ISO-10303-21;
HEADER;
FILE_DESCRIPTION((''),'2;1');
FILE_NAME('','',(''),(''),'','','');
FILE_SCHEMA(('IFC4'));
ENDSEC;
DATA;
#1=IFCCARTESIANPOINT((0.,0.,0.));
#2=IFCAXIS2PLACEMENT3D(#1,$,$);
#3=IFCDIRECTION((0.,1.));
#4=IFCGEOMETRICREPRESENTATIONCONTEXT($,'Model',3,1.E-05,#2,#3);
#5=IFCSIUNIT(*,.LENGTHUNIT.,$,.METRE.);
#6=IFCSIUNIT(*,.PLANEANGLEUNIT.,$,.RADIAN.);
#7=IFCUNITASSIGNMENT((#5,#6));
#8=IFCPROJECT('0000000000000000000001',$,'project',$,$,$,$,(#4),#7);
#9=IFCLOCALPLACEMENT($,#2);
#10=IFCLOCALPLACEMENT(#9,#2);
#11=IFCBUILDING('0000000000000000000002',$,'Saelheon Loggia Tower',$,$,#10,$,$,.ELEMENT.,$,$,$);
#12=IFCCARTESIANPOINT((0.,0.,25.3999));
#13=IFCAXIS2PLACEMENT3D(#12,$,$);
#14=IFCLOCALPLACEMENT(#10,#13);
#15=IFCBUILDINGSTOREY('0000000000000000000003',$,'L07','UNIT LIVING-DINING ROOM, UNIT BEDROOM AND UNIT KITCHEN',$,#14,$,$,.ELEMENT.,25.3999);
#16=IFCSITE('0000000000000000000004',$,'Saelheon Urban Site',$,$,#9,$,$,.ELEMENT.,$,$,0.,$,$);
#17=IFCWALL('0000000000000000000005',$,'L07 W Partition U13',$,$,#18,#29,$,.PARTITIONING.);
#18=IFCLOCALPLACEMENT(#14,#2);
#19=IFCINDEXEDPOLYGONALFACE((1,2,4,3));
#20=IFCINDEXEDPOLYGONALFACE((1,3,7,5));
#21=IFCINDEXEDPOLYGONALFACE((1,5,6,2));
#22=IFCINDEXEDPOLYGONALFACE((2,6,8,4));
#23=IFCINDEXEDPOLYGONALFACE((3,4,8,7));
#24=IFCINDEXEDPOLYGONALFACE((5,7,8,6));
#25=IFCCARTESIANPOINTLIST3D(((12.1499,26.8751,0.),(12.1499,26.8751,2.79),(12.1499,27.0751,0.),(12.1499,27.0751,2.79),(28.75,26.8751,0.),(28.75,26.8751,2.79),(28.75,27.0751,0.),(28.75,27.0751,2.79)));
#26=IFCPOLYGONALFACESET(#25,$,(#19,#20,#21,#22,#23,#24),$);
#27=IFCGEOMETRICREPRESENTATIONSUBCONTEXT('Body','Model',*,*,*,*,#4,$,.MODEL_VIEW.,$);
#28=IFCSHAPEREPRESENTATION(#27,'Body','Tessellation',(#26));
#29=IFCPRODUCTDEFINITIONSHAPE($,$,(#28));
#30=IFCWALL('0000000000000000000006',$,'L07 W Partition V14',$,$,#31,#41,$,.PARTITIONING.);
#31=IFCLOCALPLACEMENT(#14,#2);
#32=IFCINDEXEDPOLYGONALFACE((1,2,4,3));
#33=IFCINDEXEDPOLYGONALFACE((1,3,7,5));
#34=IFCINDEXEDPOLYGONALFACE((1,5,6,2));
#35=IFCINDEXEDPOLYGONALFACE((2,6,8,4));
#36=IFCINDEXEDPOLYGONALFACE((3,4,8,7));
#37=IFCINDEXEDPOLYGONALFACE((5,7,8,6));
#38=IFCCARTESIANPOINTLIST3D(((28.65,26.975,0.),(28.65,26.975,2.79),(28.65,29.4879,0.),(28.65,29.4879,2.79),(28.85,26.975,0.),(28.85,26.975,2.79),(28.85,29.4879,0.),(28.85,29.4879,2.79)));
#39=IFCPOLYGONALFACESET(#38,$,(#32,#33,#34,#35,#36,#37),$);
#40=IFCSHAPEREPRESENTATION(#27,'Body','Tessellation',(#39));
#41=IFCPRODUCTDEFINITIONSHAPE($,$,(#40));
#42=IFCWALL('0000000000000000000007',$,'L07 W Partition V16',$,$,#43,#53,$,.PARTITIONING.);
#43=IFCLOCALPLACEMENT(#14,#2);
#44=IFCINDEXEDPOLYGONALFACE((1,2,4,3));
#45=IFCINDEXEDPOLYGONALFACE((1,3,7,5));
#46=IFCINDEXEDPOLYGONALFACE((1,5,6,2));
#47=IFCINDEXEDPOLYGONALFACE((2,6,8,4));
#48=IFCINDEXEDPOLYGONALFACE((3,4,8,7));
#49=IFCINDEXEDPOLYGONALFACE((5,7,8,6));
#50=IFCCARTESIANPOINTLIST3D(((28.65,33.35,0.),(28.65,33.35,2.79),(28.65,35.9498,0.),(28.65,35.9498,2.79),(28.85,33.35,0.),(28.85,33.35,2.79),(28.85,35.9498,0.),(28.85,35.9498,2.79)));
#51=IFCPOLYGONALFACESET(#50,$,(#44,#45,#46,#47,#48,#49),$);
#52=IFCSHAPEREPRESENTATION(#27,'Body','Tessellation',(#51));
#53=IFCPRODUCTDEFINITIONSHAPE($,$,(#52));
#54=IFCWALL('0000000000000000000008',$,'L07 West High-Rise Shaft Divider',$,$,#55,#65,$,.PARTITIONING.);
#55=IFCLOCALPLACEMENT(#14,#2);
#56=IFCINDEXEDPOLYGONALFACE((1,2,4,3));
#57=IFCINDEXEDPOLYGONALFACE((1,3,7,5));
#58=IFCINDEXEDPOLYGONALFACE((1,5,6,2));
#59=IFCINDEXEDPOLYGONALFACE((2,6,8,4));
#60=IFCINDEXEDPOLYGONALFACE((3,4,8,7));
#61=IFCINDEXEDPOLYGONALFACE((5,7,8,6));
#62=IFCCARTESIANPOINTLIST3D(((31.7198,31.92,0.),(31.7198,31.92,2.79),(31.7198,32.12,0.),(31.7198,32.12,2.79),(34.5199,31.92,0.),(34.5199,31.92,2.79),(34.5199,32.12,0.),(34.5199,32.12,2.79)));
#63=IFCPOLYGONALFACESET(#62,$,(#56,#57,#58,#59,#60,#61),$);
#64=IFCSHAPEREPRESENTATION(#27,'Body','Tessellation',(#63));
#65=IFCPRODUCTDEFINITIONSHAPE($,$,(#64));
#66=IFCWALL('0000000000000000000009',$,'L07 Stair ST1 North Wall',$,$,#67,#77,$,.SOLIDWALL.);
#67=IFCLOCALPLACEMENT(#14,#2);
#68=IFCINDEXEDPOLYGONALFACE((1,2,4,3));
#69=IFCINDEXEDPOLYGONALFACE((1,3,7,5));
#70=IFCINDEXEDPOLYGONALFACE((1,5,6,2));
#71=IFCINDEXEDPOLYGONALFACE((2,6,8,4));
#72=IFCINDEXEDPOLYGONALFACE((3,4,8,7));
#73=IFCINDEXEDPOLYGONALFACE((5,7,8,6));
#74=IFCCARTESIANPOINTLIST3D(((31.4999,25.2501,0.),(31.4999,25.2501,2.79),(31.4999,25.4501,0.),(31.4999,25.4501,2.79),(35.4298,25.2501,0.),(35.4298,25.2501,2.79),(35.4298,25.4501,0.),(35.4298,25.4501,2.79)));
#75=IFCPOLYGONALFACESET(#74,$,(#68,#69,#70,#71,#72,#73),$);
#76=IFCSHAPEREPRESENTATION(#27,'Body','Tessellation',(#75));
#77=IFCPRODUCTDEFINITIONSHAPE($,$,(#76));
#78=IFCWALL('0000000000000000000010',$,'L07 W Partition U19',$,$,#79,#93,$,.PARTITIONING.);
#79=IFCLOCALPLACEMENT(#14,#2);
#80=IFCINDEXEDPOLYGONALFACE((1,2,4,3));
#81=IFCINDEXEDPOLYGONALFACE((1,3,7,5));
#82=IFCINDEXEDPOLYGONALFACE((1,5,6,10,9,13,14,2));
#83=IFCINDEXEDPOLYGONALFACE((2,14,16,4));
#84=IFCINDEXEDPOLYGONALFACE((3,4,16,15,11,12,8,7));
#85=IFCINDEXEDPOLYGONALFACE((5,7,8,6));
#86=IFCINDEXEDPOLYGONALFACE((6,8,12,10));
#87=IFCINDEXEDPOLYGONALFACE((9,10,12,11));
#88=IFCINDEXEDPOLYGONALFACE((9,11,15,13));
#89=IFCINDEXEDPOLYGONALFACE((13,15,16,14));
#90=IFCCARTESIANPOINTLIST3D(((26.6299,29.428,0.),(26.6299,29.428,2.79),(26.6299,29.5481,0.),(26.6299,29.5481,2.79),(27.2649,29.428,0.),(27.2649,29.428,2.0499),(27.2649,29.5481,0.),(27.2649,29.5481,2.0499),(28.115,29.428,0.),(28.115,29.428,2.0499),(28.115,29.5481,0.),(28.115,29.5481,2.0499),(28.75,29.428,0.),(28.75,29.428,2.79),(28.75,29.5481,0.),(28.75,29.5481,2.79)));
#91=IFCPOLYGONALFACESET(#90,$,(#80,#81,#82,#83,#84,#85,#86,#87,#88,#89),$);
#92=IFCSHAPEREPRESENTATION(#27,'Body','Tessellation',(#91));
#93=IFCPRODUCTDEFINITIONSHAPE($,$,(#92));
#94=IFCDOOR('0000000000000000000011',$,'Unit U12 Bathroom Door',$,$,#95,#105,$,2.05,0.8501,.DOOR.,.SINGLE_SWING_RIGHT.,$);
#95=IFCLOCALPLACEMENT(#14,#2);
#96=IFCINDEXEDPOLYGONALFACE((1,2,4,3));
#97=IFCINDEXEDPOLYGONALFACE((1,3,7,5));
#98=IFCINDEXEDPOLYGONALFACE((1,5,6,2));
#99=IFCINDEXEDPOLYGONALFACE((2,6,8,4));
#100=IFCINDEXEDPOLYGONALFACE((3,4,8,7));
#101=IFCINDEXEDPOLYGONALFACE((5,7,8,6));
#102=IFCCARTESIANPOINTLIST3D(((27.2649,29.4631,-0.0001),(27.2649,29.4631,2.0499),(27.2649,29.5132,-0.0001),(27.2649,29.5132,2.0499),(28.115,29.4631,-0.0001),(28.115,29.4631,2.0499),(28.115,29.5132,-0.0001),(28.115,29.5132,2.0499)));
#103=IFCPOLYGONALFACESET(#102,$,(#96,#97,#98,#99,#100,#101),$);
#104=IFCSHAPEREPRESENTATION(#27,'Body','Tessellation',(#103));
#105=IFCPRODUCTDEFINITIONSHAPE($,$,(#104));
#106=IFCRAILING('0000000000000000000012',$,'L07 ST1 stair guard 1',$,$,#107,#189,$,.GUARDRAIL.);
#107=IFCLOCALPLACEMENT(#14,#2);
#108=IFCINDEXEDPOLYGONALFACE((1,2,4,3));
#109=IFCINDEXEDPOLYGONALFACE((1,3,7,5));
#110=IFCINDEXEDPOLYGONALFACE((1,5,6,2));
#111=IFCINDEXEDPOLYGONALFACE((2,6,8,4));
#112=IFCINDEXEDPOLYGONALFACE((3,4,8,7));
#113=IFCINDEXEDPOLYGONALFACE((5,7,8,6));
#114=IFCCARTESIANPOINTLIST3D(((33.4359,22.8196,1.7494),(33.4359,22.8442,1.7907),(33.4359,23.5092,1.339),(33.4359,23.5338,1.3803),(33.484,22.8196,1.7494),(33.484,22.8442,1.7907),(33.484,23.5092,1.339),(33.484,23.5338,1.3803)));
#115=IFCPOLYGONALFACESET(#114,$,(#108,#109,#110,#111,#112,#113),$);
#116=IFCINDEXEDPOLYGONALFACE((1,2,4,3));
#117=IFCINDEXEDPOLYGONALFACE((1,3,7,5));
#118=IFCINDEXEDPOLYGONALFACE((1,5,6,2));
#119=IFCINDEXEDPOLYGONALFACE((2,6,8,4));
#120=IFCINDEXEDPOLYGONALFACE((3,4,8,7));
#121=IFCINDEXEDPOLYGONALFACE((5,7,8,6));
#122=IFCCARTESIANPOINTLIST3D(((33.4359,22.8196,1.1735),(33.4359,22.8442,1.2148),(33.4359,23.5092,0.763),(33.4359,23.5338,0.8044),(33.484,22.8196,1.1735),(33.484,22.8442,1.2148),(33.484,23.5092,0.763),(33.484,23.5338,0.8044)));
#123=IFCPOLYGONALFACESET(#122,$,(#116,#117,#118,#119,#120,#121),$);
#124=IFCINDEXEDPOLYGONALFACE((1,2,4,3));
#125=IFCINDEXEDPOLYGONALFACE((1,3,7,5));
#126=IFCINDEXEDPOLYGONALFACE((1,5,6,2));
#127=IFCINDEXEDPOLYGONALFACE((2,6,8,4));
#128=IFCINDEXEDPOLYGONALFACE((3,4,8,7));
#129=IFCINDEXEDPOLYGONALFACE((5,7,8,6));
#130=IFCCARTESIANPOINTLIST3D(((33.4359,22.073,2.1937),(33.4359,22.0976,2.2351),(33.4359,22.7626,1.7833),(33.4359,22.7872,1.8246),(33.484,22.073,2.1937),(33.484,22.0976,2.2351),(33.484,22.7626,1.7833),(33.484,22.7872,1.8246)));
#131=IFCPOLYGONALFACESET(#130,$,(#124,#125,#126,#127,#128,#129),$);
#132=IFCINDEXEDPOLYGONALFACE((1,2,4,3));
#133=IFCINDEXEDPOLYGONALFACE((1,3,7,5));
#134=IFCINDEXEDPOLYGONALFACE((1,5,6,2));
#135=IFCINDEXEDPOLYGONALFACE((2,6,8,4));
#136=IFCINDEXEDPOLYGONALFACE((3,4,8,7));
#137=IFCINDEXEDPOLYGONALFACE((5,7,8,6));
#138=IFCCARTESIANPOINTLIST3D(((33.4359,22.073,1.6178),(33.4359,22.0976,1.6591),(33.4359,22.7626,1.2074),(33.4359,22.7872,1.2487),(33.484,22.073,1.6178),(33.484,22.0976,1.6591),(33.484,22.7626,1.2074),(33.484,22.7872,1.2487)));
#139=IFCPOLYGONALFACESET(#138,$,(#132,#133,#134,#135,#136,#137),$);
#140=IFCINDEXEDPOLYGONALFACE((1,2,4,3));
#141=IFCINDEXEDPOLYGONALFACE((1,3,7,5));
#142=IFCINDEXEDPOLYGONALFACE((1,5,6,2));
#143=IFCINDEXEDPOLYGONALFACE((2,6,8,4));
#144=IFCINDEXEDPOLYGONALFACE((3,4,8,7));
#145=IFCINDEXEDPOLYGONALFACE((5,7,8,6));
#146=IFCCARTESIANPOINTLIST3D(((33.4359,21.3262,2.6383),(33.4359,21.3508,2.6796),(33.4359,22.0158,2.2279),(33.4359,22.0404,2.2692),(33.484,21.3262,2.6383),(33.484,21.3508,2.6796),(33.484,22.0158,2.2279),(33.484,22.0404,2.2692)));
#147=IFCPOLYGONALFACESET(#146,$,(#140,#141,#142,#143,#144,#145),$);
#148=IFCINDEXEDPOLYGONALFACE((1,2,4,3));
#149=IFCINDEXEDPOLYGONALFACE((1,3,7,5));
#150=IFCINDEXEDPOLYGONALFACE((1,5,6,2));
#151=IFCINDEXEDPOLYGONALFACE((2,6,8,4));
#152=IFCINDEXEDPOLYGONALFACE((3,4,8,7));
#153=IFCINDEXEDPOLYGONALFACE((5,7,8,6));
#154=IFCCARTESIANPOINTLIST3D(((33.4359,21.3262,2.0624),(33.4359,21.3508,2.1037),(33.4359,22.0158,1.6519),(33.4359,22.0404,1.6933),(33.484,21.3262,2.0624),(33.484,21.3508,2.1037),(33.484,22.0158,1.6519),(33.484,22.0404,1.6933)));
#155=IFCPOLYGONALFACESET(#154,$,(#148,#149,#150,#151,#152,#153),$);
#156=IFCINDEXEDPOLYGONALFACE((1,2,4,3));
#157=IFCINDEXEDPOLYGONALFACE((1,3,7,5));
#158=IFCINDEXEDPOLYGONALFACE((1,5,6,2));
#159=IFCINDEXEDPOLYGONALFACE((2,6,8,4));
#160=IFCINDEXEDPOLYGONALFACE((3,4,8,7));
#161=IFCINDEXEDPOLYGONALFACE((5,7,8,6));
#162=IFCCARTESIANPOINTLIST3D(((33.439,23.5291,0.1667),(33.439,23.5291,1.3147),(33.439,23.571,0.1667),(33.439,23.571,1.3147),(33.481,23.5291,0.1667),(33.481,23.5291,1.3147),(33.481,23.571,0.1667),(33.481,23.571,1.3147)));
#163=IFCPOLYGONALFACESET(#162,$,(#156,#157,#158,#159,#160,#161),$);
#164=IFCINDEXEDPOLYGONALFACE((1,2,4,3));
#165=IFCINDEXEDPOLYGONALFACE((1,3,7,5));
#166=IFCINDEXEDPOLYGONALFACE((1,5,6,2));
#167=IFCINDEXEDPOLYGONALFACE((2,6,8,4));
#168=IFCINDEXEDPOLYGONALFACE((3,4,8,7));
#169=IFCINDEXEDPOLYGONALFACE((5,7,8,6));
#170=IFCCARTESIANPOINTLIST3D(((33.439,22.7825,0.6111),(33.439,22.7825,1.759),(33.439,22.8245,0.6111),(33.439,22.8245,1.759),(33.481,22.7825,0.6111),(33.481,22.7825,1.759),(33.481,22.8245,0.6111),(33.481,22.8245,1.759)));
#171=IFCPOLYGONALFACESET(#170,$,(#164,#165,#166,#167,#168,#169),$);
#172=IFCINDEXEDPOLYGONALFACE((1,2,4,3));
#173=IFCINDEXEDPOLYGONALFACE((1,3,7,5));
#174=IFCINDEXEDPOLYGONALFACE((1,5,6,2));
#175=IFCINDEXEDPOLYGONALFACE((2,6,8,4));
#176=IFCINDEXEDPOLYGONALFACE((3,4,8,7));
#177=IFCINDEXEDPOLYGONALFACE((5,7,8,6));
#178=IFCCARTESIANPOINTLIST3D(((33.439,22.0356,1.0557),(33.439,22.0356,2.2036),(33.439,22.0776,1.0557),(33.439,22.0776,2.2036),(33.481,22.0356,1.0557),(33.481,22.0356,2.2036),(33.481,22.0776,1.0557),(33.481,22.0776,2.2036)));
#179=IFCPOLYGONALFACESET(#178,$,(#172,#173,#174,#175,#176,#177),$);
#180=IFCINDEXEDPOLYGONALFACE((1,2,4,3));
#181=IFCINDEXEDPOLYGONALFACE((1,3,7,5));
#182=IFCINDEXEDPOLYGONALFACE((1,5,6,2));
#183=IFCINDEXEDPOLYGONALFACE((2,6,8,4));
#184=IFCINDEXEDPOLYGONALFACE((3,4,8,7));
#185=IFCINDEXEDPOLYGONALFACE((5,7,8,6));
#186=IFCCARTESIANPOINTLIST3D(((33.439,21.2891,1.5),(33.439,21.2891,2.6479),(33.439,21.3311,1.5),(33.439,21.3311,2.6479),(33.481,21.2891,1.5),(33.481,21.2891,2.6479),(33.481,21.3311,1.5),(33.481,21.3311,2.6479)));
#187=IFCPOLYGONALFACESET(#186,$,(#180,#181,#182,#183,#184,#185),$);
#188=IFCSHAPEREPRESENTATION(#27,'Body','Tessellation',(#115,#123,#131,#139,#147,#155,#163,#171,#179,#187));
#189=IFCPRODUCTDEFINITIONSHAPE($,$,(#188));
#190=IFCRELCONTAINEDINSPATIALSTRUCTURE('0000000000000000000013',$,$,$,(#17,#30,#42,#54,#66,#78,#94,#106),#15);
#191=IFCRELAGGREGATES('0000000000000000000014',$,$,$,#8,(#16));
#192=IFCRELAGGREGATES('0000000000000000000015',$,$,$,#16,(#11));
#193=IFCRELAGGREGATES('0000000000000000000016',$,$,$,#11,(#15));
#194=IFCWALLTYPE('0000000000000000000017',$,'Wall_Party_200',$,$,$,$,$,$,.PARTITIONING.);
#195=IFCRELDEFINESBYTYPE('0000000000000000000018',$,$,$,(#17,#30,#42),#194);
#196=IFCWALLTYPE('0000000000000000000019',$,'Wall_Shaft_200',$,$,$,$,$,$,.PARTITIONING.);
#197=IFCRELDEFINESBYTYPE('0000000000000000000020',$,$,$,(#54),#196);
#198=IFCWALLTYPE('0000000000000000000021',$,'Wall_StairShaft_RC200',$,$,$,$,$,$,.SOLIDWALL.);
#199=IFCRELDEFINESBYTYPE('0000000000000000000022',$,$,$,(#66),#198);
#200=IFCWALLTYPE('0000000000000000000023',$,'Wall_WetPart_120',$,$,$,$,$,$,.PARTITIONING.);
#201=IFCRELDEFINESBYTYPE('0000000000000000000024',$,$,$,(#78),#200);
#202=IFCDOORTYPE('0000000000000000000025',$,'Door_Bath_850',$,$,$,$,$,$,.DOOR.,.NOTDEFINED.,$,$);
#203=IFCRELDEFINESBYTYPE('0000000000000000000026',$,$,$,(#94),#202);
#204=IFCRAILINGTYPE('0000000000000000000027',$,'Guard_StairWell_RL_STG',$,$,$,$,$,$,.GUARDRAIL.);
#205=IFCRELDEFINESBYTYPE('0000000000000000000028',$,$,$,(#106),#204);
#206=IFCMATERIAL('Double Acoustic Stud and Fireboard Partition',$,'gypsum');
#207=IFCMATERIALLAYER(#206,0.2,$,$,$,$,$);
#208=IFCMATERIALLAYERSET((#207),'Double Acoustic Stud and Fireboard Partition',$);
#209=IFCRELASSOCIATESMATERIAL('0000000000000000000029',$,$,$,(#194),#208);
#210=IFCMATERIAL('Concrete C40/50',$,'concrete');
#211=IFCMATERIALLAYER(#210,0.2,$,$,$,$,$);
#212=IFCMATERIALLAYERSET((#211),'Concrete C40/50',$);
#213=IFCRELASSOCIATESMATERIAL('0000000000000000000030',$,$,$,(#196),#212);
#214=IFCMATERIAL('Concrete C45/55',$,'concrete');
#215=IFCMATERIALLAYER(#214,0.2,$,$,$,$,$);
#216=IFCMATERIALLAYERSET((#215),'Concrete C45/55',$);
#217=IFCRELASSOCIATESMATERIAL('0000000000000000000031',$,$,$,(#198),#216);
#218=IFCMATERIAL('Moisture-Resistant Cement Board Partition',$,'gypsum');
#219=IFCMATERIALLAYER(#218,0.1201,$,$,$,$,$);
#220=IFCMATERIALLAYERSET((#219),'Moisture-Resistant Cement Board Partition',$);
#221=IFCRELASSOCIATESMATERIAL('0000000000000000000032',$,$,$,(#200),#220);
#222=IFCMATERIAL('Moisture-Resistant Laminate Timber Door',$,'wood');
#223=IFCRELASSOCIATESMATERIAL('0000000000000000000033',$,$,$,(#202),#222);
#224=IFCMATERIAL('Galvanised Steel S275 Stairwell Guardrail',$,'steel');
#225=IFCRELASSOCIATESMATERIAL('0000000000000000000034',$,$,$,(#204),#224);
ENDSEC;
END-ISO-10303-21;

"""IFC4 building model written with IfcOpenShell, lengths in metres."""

from ifc_helpers import new_model, si_unit, direction, frame, frame_2d, origin, origin_2d, place, context, subcontext, project, spatial, rectangle, extrude, source, transform, mapped, material, layer, layer_set, type_object, element, fill, save


model = new_model("IFC4")

# Units and contexts
model_context = context("Model", 3, precision=1e-05, world=origin(), true_north=direction((0.0, 1.0)))
body_context = subcontext(model_context, "Body", "Model", "MODEL_VIEW")
ifc_project = project(units=[si_unit("LENGTHUNIT", "METRE"), si_unit("PLANEANGLEUNIT", "RADIAN")], contexts=[model_context])

# Site, building, storey
site_placement = place(None, origin())
site = spatial("IfcSite", under=ifc_project, at=site_placement, Name="Saelheon Urban Site", CompositionType="ELEMENT", RefElevation=0.0)
building_placement = place(site_placement, origin())
building = spatial("IfcBuilding", under=site, at=building_placement, Name="Saelheon Loggia Tower", CompositionType="ELEMENT")
storey_placement = place(building_placement, frame((0.0, 0.0, 25.3999)))
storey = spatial("IfcBuildingStorey", under=building, at=storey_placement, Name="L07", Description="UNIT LIVING-DINING ROOM, UNIT BEDROOM AND UNIT KITCHEN", CompositionType="ELEMENT", Elevation=25.3999)

# Shared definitions
ifc_material_1 = material(Name="Concrete C45/55", Category="concrete")

# Walls
ifc_material_2 = material(Name="Double Acoustic Stud and Fireboard Partition", Category="gypsum")
ifc_layer_1 = layer(ifc_material_2, 0.2)
ifc_layer_set_1 = layer_set([ifc_layer_1], Name="Double Acoustic Stud and Fireboard Partition")
wall_type_1 = type_object("IfcWallType", Name="Wall_Party_200", PredefinedType="PARTITIONING", material=ifc_layer_set_1)
wall_1_placement = place(storey_placement, frame((28.75, 26.9751, 0.0), z_axis=(0.0, 0.0, 1.0), x_axis=(-1.0, 0.0, 0.0)))
element("IfcWall", 1, at=wall_1_placement, inside=storey, type_object=wall_type_1, Name="L07 W Partition U13", PredefinedType="PARTITIONING", context=body_context, shape_type="SweptSolid", body=[
    extrude(rectangle(XDim=16.6001, YDim=0.2, at=frame_2d((8.3, 0.0))), origin(), (0.0, 0.0, 1.0), 2.79),
])
wall_2_placement = place(storey_placement, frame((28.75, 26.9751, 0.0), z_axis=(0.0, 0.0, 1.0), x_axis=(0.0, 1.0, 0.0)))
element("IfcWall", 2, at=wall_2_placement, inside=storey, type_object=wall_type_1, Name="L07 W Partition V14", PredefinedType="PARTITIONING", context=body_context, shape_type="SweptSolid", body=[
    extrude(rectangle(XDim=2.5129, YDim=0.2, at=frame_2d((1.2563, 0.0))), origin(), (0.0, 0.0, 1.0), 2.79),
])

# Walls
wall_3_placement = place(storey_placement, frame((28.75, 33.3501, 0.0), z_axis=(0.0, 0.0, 1.0), x_axis=(0.0, 1.0, 0.0)))
element("IfcWall", 3, at=wall_3_placement, inside=storey, type_object=wall_type_1, Name="L07 W Partition V16", PredefinedType="PARTITIONING", context=body_context, shape_type="SweptSolid", body=[
    extrude(rectangle(XDim=2.5999, YDim=0.2, at=frame_2d((1.2998, 0.0))), origin(), (0.0, 0.0, 1.0), 2.79),
])
ifc_material_3 = material(Name="Concrete C40/50", Category="concrete")
ifc_layer_2 = layer(ifc_material_3, 0.2)
ifc_layer_set_2 = layer_set([ifc_layer_2], Name="Concrete C40/50")
wall_type_2 = type_object("IfcWallType", Name="Wall_Shaft_200", PredefinedType="PARTITIONING", material=ifc_layer_set_2)
wall_4_placement = place(storey_placement, frame((31.72, 32.02, 0.0), z_axis=(0.0, 0.0, 1.0), x_axis=(1.0, 0.0, 0.0)))
element("IfcWall", 4, at=wall_4_placement, inside=storey, type_object=wall_type_2, Name="L07 West High-Rise Shaft Divider", PredefinedType="PARTITIONING", context=body_context, shape_type="SweptSolid", body=[
    extrude(rectangle(XDim=2.8, YDim=0.2, at=frame_2d((1.3999, 0.0))), origin(), (0.0, 0.0, 1.0), 2.79),
])
ifc_layer_3 = layer(ifc_material_1, 0.2)
ifc_layer_set_3 = layer_set([ifc_layer_3], Name="Concrete C45/55")
wall_type_3 = type_object("IfcWallType", Name="Wall_StairShaft_RC200", PredefinedType="SOLIDWALL", material=ifc_layer_set_3)
wall_5_placement = place(storey_placement, frame((31.5, 25.3501, 0.0), z_axis=(0.0, 0.0, 1.0), x_axis=(1.0, 0.0, 0.0)))
element("IfcWall", 5, at=wall_5_placement, inside=storey, type_object=wall_type_3, Name="L07 Stair ST1 North Wall", PredefinedType="SOLIDWALL", context=body_context, shape_type="SweptSolid", body=[
    extrude(rectangle(XDim=3.9299, YDim=0.2, at=frame_2d((1.9648, 0.0))), origin(), (0.0, 0.0, 1.0), 2.79),
])

# Wall, opening, door
ifc_material_4 = material(Name="Moisture-Resistant Cement Board Partition", Category="gypsum")
ifc_layer_4 = layer(ifc_material_4, 0.1201)
ifc_layer_set_4 = layer_set([ifc_layer_4], Name="Moisture-Resistant Cement Board Partition")
wall_type_4 = type_object("IfcWallType", Name="Wall_WetPart_120", PredefinedType="PARTITIONING", material=ifc_layer_set_4)
wall_6_placement = place(storey_placement, frame((28.75, 29.488, 0.0), z_axis=(0.0, 0.0, 1.0), x_axis=(-1.0, 0.0, 0.0)))
wall_6 = element("IfcWall", 6, at=wall_6_placement, inside=storey, type_object=wall_type_4, Name="L07 W Partition U19", PredefinedType="PARTITIONING", context=body_context, shape_type="SweptSolid", body=[
    extrude(rectangle(XDim=2.1201, YDim=0.1201, at=frame_2d((1.0601, 0.0))), origin(), (0.0, 0.0, 1.0), 2.79),
])
opening_1_placement = place(wall_6_placement, frame((0.635, 0.0, 0.0)))
opening_1 = element("IfcOpeningElement", 7, at=opening_1_placement, cuts=wall_6, PredefinedType="OPENING", context=body_context, shape_type="SweptSolid", body=[
    extrude(rectangle(XDim=0.8501, YDim=2.05, at=frame_2d((0.425, 1.0249))), frame((0.0, 0.072, 0.0), z_axis=(0.0, -1.0, 0.0), x_axis=(1.0, 0.0, 0.0)), (0.0, 0.0, 1.0), 0.144),
])
ifc_material_5 = material(Name="Moisture-Resistant Laminate Timber Door", Category="wood")
door_type_1 = type_object("IfcDoorType", Name="Door_Bath_850", OperationType="NOTDEFINED", PredefinedType="DOOR", material=ifc_material_5)
shared_shape_1 = source(origin(), body_context, "Body", "SweptSolid", [
    extrude(rectangle(XDim=0.8501, YDim=2.05, at=frame_2d((0.425, 1.0249))), frame((0.0, 0.0249, 0.0), z_axis=(0.0, -1.0, 0.0), x_axis=(1.0, 0.0, 0.0)), (0.0, 0.0, 1.0), 0.05),
])
door_1_placement = place(opening_1_placement, origin())
door_1 = element("IfcDoor", 8, at=door_1_placement, inside=storey, type_object=door_type_1, Name="Unit U12 Bathroom Door", OperationType="SINGLE_SWING_RIGHT", OverallHeight=2.05, OverallWidth=0.8501, PredefinedType="DOOR", context=body_context, shape_type="MappedRepresentation", body=[
    mapped(shared_shape_1, transform((0.0, 0.0, 0.0), scale=1.0)),
])
fill(opening_1, door_1)

# Railing
ifc_material_6 = material(Name="Galvanised Steel S275 Stairwell Guardrail", Category="steel")
railing_type_1 = type_object("IfcRailingType", Name="Guard_StairWell_RL_STG", PredefinedType="GUARDRAIL", material=ifc_material_6)
railing_1_placement = place(storey_placement, frame((33.46, 23.55, 0.1667)))
element("IfcRailing", 9, at=railing_1_placement, inside=storey, type_object=railing_type_1, Name="L07 ST1 stair guard 1", PredefinedType="GUARDRAIL", context=body_context, shape_type="SweptSolid", body=[
    extrude(rectangle(XDim=0.0481, YDim=0.0481, at=origin_2d()), frame((0.0, -0.0286, 1.1929), z_axis=(0.0, -0.859306, 0.511462), x_axis=(1.0, 0.0, 0.0)), (0.0, 0.0, 1.0), 0.8025),
    extrude(rectangle(XDim=0.0481, YDim=0.0481, at=origin_2d()), frame((0.0, -0.0286, 0.6169), z_axis=(0.0, -0.859306, 0.511462), x_axis=(1.0, 0.0, 0.0)), (0.0, 0.0, 1.0), 0.8025),
    extrude(rectangle(XDim=0.0481, YDim=0.0481, at=origin_2d()), frame((0.0, -0.7751, 1.6372), z_axis=(0.0, -0.859306, 0.511462), x_axis=(1.0, 0.0, 0.0)), (0.0, 0.0, 1.0), 0.8025),
    extrude(rectangle(XDim=0.0481, YDim=0.0481, at=origin_2d()), frame((0.0, -0.7751, 1.0613), z_axis=(0.0, -0.859306, 0.511462), x_axis=(1.0, 0.0, 0.0)), (0.0, 0.0, 1.0), 0.8025),
    extrude(rectangle(XDim=0.0481, YDim=0.0481, at=origin_2d()), frame((0.0, -1.522, 2.0818), z_axis=(0.0, -0.859306, 0.511462), x_axis=(1.0, 0.0, 0.0)), (0.0, 0.0, 1.0), 0.8025),
    extrude(rectangle(XDim=0.0481, YDim=0.0481, at=origin_2d()), frame((0.0, -1.522, 1.5059), z_axis=(0.0, -0.859306, 0.511462), x_axis=(1.0, 0.0, 0.0)), (0.0, 0.0, 1.0), 0.8025),
    extrude(rectangle(XDim=0.042, YDim=0.042, at=origin_2d()), origin(), (0.0, 0.0, 1.0), 1.1479),
    extrude(rectangle(XDim=0.042, YDim=0.042, at=origin_2d()), frame((0.0, -0.7466, 0.4443)), (0.0, 0.0, 1.0), 1.1479),
    extrude(rectangle(XDim=0.042, YDim=0.042, at=origin_2d()), frame((0.0, -1.4934, 0.8889)), (0.0, 0.0, 1.0), 1.1479),
    extrude(rectangle(XDim=0.042, YDim=0.042, at=origin_2d()), frame((0.0, -2.24, 1.3333)), (0.0, 0.0, 1.0), 1.1479),
])

save(model, "model.ifc")
